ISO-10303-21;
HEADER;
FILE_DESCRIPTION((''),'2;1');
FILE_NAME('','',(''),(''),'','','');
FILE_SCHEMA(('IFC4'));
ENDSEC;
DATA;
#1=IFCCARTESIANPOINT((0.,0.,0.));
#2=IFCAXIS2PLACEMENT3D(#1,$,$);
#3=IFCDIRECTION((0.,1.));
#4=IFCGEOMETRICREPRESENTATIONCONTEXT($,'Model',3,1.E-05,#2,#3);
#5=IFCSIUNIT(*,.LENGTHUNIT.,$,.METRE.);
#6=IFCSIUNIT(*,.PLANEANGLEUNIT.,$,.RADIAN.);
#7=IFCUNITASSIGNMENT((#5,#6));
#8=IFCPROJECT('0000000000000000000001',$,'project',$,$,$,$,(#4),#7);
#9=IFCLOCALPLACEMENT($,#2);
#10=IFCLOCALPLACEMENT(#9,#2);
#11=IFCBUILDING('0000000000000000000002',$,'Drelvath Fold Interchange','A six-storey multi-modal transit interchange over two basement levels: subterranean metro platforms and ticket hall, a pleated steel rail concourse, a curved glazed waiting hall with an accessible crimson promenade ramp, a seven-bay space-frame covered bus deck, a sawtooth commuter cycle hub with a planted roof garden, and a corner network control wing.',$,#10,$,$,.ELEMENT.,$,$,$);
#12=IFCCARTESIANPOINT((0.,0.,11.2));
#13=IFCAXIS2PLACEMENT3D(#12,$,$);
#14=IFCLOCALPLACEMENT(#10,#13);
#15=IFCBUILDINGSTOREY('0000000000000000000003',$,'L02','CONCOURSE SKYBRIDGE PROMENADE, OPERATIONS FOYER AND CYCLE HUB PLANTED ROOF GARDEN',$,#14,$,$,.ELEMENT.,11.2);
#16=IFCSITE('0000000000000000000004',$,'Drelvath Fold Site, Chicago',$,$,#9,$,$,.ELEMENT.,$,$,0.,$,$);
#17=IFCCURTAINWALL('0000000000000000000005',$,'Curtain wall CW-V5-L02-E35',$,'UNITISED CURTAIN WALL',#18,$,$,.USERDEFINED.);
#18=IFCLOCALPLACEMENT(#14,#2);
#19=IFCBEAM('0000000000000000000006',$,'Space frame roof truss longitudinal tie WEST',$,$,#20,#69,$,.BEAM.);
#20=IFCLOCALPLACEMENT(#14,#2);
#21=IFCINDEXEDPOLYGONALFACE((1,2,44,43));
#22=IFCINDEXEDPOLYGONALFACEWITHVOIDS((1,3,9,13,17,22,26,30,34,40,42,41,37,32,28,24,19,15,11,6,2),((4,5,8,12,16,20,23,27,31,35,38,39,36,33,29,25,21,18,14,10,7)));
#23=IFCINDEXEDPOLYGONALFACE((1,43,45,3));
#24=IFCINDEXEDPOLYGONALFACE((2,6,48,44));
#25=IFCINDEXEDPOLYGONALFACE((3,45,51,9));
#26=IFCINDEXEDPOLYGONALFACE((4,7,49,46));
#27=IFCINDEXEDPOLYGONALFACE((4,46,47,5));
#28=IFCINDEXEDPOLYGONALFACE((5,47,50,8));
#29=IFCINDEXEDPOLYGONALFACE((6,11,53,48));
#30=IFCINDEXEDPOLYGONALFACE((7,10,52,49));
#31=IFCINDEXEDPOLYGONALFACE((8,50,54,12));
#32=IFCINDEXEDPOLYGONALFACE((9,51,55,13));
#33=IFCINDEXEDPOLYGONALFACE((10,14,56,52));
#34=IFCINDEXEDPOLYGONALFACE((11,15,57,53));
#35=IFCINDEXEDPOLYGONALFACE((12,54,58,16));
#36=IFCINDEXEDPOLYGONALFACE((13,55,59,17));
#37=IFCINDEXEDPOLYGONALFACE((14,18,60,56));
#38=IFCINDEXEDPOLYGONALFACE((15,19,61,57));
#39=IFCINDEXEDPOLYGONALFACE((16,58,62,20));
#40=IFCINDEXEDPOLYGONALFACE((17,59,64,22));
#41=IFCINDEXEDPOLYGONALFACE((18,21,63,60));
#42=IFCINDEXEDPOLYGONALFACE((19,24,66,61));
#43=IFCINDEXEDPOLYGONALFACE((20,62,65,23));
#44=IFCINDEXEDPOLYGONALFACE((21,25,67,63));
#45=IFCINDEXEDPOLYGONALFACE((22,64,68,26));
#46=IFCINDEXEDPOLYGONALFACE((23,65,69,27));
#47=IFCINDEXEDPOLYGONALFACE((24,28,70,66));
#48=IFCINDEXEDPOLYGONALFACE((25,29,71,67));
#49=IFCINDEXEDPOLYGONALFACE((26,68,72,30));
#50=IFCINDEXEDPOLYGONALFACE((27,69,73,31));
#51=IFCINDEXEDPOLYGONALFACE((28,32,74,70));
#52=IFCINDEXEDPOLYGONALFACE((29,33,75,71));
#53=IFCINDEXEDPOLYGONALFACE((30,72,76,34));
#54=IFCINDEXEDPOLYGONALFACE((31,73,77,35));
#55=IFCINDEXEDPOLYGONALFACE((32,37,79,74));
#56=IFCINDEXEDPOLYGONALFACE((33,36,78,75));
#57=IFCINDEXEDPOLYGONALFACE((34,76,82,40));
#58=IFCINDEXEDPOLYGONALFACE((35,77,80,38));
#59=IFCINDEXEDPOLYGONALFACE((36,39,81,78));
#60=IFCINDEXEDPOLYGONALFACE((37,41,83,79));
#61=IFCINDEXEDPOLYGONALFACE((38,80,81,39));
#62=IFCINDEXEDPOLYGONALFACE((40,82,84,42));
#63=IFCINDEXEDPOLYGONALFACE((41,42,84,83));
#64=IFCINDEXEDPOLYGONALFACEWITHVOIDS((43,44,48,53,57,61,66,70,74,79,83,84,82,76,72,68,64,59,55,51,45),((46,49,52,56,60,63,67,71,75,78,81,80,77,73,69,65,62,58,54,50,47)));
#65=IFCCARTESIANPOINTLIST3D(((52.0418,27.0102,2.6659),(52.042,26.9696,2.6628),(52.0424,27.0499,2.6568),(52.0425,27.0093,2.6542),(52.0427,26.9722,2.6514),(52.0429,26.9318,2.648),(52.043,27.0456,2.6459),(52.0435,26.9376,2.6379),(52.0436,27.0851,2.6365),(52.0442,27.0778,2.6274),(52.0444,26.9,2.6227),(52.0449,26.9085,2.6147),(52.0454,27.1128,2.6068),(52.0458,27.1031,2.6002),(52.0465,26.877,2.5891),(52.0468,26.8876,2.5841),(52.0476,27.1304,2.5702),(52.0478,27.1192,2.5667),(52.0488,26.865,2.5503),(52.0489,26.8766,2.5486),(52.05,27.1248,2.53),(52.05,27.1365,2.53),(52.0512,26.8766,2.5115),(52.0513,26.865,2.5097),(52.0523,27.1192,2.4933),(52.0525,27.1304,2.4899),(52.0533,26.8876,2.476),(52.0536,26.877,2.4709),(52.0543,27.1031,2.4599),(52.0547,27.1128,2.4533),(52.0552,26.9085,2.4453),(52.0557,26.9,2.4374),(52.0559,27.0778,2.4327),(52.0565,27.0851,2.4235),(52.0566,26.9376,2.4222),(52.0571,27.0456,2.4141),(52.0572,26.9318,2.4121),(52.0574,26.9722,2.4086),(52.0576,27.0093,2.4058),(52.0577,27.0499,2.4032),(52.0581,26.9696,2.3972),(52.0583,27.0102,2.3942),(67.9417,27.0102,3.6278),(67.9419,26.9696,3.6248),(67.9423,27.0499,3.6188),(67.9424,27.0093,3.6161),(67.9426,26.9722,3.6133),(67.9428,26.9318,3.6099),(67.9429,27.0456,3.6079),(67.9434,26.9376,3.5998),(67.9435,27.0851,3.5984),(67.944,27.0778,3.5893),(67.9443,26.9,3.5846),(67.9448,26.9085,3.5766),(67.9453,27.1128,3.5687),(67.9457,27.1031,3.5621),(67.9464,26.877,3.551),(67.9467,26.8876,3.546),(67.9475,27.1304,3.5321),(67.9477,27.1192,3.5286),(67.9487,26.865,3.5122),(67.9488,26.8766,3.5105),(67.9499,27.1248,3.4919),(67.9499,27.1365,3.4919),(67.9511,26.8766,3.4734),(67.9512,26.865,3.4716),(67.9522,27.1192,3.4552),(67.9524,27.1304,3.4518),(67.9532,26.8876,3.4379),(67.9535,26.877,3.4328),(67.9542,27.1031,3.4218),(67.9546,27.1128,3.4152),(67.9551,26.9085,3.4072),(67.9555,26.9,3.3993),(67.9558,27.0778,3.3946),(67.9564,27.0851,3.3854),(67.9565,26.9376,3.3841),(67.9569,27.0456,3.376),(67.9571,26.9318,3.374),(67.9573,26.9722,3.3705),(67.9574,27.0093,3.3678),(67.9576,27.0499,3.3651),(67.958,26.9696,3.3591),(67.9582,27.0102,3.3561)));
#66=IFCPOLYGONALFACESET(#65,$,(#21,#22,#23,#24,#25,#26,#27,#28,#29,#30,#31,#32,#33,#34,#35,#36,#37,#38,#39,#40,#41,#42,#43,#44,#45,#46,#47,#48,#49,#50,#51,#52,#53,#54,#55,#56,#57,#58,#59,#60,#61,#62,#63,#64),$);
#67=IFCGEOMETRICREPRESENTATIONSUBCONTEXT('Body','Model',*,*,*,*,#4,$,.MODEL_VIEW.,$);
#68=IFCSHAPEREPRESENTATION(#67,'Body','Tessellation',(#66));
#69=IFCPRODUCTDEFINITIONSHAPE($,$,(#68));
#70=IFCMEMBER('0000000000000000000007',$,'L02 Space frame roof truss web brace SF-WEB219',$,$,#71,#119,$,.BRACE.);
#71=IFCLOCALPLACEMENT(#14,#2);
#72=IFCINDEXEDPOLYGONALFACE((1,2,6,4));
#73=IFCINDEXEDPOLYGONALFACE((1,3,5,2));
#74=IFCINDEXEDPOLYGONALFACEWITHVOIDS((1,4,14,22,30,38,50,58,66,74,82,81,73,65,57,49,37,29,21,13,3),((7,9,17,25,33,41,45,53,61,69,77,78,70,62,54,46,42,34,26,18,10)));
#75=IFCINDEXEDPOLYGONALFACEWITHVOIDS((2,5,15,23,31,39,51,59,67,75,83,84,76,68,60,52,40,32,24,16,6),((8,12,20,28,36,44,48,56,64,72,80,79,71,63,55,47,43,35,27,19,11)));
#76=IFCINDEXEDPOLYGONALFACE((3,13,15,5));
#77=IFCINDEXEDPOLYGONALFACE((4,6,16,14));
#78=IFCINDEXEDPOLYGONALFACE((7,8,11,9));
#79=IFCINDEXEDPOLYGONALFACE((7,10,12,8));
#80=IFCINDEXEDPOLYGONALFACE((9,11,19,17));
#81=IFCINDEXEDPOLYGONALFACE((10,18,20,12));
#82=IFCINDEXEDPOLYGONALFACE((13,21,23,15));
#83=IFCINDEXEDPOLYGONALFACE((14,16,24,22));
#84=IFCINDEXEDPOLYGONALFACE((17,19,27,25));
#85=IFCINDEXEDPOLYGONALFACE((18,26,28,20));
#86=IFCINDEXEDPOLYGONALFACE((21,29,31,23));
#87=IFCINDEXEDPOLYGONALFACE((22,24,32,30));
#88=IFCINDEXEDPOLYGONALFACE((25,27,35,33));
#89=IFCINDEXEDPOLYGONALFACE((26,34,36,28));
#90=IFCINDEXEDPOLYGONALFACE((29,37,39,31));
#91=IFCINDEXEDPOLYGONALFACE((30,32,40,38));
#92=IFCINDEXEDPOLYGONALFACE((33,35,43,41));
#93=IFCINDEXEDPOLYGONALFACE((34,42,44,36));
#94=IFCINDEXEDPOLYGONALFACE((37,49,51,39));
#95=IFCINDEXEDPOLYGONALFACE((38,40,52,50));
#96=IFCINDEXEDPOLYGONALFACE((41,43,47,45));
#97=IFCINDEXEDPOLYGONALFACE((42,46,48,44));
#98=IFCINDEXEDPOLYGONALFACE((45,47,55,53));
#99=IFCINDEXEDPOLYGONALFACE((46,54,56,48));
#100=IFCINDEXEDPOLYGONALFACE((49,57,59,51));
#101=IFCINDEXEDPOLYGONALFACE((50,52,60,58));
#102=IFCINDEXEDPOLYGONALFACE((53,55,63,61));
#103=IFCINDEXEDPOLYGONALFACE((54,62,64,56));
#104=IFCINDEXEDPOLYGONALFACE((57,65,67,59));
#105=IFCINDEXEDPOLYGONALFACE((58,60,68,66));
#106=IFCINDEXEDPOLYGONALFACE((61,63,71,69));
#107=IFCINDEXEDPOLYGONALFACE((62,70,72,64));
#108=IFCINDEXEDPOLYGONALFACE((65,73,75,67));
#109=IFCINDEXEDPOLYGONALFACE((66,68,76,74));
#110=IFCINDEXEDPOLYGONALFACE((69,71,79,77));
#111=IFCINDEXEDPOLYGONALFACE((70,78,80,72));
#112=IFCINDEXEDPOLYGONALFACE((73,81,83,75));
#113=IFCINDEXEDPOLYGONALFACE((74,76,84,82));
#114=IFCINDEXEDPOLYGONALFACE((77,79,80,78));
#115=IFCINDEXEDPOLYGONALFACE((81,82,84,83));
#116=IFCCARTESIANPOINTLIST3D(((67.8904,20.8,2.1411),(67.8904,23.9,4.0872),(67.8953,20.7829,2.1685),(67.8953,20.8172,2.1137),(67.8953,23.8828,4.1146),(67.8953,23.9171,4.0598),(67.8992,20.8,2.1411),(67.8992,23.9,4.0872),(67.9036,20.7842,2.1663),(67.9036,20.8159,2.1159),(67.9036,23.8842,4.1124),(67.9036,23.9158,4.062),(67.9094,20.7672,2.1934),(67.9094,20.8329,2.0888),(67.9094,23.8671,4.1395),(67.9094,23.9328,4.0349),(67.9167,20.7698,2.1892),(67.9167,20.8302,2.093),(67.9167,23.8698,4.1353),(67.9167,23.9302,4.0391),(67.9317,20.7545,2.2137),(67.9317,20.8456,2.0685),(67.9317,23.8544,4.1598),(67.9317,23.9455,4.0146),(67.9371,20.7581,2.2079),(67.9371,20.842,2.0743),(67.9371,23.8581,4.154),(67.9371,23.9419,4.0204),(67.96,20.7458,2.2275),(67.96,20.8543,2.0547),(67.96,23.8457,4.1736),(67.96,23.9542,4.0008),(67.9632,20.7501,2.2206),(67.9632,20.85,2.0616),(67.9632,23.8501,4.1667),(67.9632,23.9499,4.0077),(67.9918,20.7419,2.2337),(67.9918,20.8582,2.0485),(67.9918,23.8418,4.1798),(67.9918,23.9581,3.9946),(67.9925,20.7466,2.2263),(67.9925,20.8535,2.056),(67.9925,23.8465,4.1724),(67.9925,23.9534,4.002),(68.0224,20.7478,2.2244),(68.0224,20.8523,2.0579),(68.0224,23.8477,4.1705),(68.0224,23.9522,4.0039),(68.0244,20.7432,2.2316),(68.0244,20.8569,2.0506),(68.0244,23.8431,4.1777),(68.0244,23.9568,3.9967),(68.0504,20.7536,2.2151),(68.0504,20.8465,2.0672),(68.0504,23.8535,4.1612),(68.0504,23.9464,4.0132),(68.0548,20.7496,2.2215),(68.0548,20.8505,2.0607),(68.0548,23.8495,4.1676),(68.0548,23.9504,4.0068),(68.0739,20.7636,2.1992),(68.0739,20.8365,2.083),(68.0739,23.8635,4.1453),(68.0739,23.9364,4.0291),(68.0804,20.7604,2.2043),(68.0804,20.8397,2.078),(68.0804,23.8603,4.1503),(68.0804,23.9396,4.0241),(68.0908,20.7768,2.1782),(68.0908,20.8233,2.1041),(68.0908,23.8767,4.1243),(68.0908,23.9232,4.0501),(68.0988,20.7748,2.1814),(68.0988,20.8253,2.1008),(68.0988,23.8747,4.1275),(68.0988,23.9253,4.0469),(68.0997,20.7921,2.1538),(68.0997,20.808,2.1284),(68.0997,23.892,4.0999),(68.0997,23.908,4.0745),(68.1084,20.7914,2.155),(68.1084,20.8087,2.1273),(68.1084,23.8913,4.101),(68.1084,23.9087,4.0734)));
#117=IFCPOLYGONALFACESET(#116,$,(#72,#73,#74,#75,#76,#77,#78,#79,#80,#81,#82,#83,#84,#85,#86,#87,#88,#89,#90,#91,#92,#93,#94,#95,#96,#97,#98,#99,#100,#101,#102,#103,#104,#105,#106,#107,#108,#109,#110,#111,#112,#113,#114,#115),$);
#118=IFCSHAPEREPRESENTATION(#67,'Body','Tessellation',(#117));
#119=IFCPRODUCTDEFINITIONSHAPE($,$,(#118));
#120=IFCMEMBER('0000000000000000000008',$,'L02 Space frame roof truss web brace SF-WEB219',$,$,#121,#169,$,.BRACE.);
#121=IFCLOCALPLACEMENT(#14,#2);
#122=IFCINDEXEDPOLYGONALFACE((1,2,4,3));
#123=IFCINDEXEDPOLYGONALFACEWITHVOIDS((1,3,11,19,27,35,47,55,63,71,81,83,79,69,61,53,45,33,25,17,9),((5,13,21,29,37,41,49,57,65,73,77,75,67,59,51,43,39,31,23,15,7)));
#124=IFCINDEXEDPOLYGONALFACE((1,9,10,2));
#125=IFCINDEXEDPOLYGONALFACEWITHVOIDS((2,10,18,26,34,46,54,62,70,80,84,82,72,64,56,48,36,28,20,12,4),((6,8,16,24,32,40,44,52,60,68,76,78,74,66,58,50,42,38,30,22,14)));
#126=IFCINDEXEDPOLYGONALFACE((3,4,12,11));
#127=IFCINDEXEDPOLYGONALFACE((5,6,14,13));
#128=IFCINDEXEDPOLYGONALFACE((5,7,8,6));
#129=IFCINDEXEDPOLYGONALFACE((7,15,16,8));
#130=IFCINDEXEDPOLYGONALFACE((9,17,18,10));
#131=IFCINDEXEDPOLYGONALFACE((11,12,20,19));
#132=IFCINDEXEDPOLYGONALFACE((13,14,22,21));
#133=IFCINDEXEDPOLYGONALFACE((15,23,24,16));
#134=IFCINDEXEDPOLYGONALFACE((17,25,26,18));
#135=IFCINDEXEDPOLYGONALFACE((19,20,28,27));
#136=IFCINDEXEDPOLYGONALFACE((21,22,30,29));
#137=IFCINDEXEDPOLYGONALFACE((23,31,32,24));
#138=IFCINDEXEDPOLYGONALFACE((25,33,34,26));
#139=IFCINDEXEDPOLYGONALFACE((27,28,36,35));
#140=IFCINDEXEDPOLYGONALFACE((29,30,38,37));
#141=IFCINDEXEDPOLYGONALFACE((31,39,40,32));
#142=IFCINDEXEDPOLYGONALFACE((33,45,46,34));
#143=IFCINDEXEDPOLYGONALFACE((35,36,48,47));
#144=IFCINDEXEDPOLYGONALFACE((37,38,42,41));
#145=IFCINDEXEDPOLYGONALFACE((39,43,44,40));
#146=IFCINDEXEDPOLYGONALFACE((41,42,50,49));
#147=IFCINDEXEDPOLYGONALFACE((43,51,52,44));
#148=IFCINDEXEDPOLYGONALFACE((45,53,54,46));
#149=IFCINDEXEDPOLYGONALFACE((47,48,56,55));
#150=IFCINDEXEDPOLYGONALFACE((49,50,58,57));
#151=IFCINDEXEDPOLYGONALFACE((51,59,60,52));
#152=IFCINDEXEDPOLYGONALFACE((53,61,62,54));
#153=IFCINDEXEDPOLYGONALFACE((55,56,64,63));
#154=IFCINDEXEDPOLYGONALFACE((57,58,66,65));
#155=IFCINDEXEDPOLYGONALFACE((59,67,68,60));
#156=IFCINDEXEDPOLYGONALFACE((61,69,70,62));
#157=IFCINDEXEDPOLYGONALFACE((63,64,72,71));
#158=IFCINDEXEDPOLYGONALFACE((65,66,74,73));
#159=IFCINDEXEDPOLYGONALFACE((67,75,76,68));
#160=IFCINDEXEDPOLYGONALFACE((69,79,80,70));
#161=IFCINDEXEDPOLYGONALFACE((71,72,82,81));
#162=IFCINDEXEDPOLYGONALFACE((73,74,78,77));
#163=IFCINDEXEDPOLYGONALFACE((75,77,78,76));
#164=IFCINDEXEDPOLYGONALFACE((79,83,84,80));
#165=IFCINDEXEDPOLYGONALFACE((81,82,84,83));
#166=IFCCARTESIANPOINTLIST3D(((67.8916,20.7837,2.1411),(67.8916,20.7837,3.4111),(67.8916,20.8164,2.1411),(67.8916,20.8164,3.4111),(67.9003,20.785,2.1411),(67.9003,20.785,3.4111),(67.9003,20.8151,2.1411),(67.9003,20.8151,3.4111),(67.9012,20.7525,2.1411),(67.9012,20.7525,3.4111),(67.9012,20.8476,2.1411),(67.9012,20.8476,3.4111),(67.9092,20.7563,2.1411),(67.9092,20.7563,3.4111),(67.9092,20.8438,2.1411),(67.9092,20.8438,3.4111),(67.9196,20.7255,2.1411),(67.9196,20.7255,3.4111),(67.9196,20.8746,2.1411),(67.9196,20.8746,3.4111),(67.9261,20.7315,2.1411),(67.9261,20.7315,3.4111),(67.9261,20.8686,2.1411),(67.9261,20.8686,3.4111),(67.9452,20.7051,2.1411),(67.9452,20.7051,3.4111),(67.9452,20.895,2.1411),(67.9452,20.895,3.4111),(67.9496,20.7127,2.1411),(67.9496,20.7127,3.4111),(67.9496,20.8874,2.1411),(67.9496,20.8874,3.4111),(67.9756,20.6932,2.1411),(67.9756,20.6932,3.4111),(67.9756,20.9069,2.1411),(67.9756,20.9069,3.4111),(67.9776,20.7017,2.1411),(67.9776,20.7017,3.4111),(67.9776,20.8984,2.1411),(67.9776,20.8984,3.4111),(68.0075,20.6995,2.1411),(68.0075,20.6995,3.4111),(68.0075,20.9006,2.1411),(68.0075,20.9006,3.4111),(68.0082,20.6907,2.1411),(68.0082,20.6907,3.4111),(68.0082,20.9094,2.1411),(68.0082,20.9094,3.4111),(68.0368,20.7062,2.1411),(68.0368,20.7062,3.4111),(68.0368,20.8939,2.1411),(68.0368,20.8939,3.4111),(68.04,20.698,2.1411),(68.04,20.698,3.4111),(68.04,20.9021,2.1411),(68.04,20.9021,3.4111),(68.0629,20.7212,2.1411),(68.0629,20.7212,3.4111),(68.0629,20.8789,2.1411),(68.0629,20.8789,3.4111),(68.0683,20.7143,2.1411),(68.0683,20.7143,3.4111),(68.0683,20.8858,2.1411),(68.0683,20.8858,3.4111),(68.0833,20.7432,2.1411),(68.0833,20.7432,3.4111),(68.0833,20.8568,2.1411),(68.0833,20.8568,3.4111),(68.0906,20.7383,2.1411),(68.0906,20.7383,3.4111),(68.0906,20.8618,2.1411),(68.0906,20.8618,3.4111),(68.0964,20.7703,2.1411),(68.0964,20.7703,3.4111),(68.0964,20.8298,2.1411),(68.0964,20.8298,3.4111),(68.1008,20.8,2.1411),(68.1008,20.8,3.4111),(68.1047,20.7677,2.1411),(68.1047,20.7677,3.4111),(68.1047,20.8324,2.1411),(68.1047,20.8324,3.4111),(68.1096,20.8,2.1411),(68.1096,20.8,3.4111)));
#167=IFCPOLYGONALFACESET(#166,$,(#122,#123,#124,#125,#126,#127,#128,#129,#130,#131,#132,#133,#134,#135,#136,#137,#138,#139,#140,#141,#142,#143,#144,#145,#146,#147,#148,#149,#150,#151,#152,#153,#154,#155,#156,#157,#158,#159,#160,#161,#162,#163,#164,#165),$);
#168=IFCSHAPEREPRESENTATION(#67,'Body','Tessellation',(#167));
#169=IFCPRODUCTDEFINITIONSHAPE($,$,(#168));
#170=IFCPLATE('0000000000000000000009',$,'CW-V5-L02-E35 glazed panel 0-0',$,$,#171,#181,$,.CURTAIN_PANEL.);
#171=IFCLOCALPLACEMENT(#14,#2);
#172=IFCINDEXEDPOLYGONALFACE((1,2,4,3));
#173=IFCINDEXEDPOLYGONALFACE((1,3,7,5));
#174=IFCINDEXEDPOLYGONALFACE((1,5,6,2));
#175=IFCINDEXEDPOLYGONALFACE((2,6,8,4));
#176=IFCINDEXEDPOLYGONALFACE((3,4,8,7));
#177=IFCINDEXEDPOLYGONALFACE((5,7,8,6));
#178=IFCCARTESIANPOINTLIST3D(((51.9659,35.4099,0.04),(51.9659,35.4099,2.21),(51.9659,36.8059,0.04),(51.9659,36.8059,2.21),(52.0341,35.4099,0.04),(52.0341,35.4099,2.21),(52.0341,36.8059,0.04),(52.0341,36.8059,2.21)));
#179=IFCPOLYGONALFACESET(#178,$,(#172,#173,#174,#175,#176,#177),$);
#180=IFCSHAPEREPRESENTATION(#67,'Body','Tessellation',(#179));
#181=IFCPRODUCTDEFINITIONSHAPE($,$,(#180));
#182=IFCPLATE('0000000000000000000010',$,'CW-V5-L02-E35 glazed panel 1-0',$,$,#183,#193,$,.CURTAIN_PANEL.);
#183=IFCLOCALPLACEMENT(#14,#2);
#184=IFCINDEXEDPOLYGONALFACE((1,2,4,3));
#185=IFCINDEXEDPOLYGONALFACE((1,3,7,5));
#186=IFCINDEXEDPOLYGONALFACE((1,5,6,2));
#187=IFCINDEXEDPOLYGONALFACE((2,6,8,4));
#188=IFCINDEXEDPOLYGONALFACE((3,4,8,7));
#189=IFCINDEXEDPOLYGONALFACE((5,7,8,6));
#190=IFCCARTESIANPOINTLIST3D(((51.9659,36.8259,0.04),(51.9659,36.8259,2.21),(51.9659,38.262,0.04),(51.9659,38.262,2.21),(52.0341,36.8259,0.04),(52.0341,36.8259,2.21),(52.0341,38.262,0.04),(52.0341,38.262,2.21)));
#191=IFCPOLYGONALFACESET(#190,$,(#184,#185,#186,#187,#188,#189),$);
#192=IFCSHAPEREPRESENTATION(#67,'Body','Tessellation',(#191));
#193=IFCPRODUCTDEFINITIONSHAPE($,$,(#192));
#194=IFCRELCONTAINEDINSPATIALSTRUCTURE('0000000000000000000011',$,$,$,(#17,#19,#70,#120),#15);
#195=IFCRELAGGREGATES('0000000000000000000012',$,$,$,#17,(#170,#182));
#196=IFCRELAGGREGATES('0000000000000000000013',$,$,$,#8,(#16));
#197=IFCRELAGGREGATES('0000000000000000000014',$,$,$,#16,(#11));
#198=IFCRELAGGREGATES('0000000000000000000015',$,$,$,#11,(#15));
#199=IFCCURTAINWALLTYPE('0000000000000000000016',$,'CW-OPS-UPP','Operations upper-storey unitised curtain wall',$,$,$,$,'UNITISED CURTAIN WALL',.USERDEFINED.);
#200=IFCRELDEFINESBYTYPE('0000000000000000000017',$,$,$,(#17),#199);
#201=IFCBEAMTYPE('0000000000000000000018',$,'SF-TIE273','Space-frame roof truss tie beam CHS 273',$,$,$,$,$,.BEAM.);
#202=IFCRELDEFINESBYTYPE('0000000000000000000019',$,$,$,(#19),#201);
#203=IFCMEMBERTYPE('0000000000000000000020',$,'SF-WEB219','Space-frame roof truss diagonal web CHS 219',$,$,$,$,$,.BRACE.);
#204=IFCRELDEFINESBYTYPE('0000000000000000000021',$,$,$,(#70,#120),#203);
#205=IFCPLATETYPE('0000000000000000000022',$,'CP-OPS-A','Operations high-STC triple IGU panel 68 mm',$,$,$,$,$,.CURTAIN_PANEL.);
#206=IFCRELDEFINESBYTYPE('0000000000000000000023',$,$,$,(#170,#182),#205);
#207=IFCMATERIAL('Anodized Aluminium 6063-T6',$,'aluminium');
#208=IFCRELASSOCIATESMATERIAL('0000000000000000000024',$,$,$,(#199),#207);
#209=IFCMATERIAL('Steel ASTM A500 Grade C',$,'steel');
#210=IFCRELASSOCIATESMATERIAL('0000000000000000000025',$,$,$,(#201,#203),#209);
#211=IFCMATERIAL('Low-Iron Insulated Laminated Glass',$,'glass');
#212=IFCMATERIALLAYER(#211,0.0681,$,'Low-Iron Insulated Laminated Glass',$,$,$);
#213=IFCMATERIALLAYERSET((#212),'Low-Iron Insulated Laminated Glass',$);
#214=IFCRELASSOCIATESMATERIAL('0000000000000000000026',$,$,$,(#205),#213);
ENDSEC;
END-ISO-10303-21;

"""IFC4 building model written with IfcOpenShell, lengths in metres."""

from ifc_helpers import new_model, si_unit, direction, frame, origin, origin_2d, place, context, subcontext, project, spatial, rectangle, hollow_circle, extrude, material, layer, layer_set, material_profile, profile_set, type_object, element, aggregate, save


model = new_model("IFC4")

# Units and contexts
model_context = context("Model", 3, precision=1e-05, world=origin(), true_north=direction((0.0, 1.0)))
body_context = subcontext(model_context, "Body", "Model", "MODEL_VIEW")
ifc_project = project(units=[si_unit("LENGTHUNIT", "METRE"), si_unit("PLANEANGLEUNIT", "RADIAN")], contexts=[model_context])

# Site, building, storey
site_placement = place(None, origin())
site = spatial("IfcSite", under=ifc_project, at=site_placement, Name="Drelvath Fold Site, Chicago", CompositionType="ELEMENT", RefElevation=0.0)
building_placement = place(site_placement, origin())
building = spatial("IfcBuilding", under=site, at=building_placement, Name="Drelvath Fold Interchange", Description="A six-storey multi-modal transit interchange over two basement levels: subterranean metro platforms and ticket hall, a pleated steel rail concourse, a curved glazed waiting hall with an accessible crimson promenade ramp, a seven-bay space-frame covered bus deck, a sawtooth commuter cycle hub with a planted roof garden, and a corner network control wing.", CompositionType="ELEMENT")
storey_placement = place(building_placement, frame((0.0, 0.0, 11.2)))
storey = spatial("IfcBuildingStorey", under=building, at=storey_placement, Name="L02", Description="CONCOURSE SKYBRIDGE PROMENADE, OPERATIONS FOYER AND CYCLE HUB PLANTED ROOF GARDEN", CompositionType="ELEMENT", Elevation=11.2)

# Curtain wall
ifc_material_1 = material(Name="Anodized Aluminium 6063-T6", Category="aluminium")
curtain_wall_type = type_object("IfcCurtainWallType", Name="CW-OPS-UPP", Description="Operations upper-storey unitised curtain wall", ElementType="UNITISED CURTAIN WALL", PredefinedType="USERDEFINED", material=ifc_material_1)
curtain_wall_placement = place(storey_placement, origin())
curtain_wall = element("IfcCurtainWall", 1, at=curtain_wall_placement, inside=storey, type_object=curtain_wall_type, Name="Curtain wall CW-V5-L02-E35", ObjectType="UNITISED CURTAIN WALL", PredefinedType="USERDEFINED")

# Shared definitions
ifc_material_2 = material(Name="Steel ASTM A500 Grade C", Category="steel")

# Beam
ifc_material_profile_1 = material_profile(ifc_material_2, hollow_circle(Radius=0.1365, WallThickness=0.0117, at=origin_2d()), Name="HSS10.750X0.500")
ifc_profile_set_1 = profile_set([ifc_material_profile_1], Name="Steel ASTM A500 Grade C")
beam_type_1 = type_object("IfcBeamType", Name="SF-TIE273", Description="Space-frame roof truss tie beam CHS 273", PredefinedType="BEAM", material=ifc_profile_set_1)
beam_1_placement = place(storey_placement, frame((52.05, 27.0, 2.53), z_axis=(0.998175, 0.0, 0.060388), x_axis=(0.0, 1.0, 0.0)))
element("IfcBeam", 2, at=beam_1_placement, inside=storey, type_object=beam_type_1, Name="Space frame roof truss longitudinal tie WEST", PredefinedType="BEAM", context=body_context, shape_type="SweptSolid", body=[
    extrude(hollow_circle(Radius=0.1365, WallThickness=0.0117, at=origin_2d()), origin(), (0.0, 0.0, 1.0), 15.929),
])

# Members
ifc_material_profile_2 = material_profile(ifc_material_2, hollow_circle(Radius=0.1096, WallThickness=0.0088, at=origin_2d()), Name="HSS8.625X0.375")
ifc_profile_set_2 = profile_set([ifc_material_profile_2], Name="Steel ASTM A500 Grade C")
member_type_1 = type_object("IfcMemberType", Name="SF-WEB219", Description="Space-frame roof truss diagonal web CHS 219", PredefinedType="BRACE", material=ifc_profile_set_2)
member_1_placement = place(storey_placement, frame((68.0, 20.8, 2.1411), z_axis=(0.0, 0.846936, 0.531695), x_axis=(-1.0, 0.0, 0.0)))
element("IfcMember", 3, at=member_1_placement, inside=storey, type_object=member_type_1, Name="L02 Space frame roof truss web brace SF-WEB219", PredefinedType="BRACE", context=body_context, shape_type="SweptSolid", body=[
    extrude(hollow_circle(Radius=0.1096, WallThickness=0.0088, at=origin_2d()), origin(), (0.0, 0.0, 1.0), 3.6602),
])
member_2_placement = place(storey_placement, frame((68.0, 20.8, 2.1411), z_axis=(0.0, 0.0, 1.0), x_axis=(1.0, 0.0, 0.0)))
element("IfcMember", 4, at=member_2_placement, inside=storey, type_object=member_type_1, Name="L02 Space frame roof truss web brace SF-WEB219", PredefinedType="BRACE", context=body_context, shape_type="SweptSolid", body=[
    extrude(hollow_circle(Radius=0.1096, WallThickness=0.0088, at=origin_2d()), origin(), (0.0, 0.0, 1.0), 1.27),
])

# Plates
ifc_material_3 = material(Name="Low-Iron Insulated Laminated Glass", Category="glass")
ifc_layer_1 = layer(ifc_material_3, 0.0681, Name="Low-Iron Insulated Laminated Glass")
ifc_layer_set_1 = layer_set([ifc_layer_1], Name="Low-Iron Insulated Laminated Glass")
plate_type_1 = type_object("IfcPlateType", Name="CP-OPS-A", Description="Operations high-STC triple IGU panel 68 mm", PredefinedType="CURTAIN_PANEL", material=ifc_layer_set_1)
plate_1_placement = place(storey_placement, frame((52.0, 36.1079, 0.04), z_axis=(0.0, 0.0, 1.0), x_axis=(0.0, 1.0, 0.0)))
plate_1 = element("IfcPlate", 5, at=plate_1_placement, type_object=plate_type_1, Name="CW-V5-L02-E35 glazed panel 0-0", PredefinedType="CURTAIN_PANEL", context=body_context, shape_type="SweptSolid", body=[
    extrude(rectangle(XDim=1.396, YDim=0.0681, at=origin_2d()), origin(), (0.0, 0.0, 1.0), 2.1699),
])
plate_2_placement = place(storey_placement, frame((52.0, 37.5439, 0.04), z_axis=(0.0, 0.0, 1.0), x_axis=(0.0, 1.0, 0.0)))
plate_2 = element("IfcPlate", 6, at=plate_2_placement, type_object=plate_type_1, Name="CW-V5-L02-E35 glazed panel 1-0", PredefinedType="CURTAIN_PANEL", context=body_context, shape_type="SweptSolid", body=[
    extrude(rectangle(XDim=1.436, YDim=0.0681, at=origin_2d()), origin(), (0.0, 0.0, 1.0), 2.1699),
])
aggregate(curtain_wall, [plate_1, plate_2])

save(model, "model.ifc")
